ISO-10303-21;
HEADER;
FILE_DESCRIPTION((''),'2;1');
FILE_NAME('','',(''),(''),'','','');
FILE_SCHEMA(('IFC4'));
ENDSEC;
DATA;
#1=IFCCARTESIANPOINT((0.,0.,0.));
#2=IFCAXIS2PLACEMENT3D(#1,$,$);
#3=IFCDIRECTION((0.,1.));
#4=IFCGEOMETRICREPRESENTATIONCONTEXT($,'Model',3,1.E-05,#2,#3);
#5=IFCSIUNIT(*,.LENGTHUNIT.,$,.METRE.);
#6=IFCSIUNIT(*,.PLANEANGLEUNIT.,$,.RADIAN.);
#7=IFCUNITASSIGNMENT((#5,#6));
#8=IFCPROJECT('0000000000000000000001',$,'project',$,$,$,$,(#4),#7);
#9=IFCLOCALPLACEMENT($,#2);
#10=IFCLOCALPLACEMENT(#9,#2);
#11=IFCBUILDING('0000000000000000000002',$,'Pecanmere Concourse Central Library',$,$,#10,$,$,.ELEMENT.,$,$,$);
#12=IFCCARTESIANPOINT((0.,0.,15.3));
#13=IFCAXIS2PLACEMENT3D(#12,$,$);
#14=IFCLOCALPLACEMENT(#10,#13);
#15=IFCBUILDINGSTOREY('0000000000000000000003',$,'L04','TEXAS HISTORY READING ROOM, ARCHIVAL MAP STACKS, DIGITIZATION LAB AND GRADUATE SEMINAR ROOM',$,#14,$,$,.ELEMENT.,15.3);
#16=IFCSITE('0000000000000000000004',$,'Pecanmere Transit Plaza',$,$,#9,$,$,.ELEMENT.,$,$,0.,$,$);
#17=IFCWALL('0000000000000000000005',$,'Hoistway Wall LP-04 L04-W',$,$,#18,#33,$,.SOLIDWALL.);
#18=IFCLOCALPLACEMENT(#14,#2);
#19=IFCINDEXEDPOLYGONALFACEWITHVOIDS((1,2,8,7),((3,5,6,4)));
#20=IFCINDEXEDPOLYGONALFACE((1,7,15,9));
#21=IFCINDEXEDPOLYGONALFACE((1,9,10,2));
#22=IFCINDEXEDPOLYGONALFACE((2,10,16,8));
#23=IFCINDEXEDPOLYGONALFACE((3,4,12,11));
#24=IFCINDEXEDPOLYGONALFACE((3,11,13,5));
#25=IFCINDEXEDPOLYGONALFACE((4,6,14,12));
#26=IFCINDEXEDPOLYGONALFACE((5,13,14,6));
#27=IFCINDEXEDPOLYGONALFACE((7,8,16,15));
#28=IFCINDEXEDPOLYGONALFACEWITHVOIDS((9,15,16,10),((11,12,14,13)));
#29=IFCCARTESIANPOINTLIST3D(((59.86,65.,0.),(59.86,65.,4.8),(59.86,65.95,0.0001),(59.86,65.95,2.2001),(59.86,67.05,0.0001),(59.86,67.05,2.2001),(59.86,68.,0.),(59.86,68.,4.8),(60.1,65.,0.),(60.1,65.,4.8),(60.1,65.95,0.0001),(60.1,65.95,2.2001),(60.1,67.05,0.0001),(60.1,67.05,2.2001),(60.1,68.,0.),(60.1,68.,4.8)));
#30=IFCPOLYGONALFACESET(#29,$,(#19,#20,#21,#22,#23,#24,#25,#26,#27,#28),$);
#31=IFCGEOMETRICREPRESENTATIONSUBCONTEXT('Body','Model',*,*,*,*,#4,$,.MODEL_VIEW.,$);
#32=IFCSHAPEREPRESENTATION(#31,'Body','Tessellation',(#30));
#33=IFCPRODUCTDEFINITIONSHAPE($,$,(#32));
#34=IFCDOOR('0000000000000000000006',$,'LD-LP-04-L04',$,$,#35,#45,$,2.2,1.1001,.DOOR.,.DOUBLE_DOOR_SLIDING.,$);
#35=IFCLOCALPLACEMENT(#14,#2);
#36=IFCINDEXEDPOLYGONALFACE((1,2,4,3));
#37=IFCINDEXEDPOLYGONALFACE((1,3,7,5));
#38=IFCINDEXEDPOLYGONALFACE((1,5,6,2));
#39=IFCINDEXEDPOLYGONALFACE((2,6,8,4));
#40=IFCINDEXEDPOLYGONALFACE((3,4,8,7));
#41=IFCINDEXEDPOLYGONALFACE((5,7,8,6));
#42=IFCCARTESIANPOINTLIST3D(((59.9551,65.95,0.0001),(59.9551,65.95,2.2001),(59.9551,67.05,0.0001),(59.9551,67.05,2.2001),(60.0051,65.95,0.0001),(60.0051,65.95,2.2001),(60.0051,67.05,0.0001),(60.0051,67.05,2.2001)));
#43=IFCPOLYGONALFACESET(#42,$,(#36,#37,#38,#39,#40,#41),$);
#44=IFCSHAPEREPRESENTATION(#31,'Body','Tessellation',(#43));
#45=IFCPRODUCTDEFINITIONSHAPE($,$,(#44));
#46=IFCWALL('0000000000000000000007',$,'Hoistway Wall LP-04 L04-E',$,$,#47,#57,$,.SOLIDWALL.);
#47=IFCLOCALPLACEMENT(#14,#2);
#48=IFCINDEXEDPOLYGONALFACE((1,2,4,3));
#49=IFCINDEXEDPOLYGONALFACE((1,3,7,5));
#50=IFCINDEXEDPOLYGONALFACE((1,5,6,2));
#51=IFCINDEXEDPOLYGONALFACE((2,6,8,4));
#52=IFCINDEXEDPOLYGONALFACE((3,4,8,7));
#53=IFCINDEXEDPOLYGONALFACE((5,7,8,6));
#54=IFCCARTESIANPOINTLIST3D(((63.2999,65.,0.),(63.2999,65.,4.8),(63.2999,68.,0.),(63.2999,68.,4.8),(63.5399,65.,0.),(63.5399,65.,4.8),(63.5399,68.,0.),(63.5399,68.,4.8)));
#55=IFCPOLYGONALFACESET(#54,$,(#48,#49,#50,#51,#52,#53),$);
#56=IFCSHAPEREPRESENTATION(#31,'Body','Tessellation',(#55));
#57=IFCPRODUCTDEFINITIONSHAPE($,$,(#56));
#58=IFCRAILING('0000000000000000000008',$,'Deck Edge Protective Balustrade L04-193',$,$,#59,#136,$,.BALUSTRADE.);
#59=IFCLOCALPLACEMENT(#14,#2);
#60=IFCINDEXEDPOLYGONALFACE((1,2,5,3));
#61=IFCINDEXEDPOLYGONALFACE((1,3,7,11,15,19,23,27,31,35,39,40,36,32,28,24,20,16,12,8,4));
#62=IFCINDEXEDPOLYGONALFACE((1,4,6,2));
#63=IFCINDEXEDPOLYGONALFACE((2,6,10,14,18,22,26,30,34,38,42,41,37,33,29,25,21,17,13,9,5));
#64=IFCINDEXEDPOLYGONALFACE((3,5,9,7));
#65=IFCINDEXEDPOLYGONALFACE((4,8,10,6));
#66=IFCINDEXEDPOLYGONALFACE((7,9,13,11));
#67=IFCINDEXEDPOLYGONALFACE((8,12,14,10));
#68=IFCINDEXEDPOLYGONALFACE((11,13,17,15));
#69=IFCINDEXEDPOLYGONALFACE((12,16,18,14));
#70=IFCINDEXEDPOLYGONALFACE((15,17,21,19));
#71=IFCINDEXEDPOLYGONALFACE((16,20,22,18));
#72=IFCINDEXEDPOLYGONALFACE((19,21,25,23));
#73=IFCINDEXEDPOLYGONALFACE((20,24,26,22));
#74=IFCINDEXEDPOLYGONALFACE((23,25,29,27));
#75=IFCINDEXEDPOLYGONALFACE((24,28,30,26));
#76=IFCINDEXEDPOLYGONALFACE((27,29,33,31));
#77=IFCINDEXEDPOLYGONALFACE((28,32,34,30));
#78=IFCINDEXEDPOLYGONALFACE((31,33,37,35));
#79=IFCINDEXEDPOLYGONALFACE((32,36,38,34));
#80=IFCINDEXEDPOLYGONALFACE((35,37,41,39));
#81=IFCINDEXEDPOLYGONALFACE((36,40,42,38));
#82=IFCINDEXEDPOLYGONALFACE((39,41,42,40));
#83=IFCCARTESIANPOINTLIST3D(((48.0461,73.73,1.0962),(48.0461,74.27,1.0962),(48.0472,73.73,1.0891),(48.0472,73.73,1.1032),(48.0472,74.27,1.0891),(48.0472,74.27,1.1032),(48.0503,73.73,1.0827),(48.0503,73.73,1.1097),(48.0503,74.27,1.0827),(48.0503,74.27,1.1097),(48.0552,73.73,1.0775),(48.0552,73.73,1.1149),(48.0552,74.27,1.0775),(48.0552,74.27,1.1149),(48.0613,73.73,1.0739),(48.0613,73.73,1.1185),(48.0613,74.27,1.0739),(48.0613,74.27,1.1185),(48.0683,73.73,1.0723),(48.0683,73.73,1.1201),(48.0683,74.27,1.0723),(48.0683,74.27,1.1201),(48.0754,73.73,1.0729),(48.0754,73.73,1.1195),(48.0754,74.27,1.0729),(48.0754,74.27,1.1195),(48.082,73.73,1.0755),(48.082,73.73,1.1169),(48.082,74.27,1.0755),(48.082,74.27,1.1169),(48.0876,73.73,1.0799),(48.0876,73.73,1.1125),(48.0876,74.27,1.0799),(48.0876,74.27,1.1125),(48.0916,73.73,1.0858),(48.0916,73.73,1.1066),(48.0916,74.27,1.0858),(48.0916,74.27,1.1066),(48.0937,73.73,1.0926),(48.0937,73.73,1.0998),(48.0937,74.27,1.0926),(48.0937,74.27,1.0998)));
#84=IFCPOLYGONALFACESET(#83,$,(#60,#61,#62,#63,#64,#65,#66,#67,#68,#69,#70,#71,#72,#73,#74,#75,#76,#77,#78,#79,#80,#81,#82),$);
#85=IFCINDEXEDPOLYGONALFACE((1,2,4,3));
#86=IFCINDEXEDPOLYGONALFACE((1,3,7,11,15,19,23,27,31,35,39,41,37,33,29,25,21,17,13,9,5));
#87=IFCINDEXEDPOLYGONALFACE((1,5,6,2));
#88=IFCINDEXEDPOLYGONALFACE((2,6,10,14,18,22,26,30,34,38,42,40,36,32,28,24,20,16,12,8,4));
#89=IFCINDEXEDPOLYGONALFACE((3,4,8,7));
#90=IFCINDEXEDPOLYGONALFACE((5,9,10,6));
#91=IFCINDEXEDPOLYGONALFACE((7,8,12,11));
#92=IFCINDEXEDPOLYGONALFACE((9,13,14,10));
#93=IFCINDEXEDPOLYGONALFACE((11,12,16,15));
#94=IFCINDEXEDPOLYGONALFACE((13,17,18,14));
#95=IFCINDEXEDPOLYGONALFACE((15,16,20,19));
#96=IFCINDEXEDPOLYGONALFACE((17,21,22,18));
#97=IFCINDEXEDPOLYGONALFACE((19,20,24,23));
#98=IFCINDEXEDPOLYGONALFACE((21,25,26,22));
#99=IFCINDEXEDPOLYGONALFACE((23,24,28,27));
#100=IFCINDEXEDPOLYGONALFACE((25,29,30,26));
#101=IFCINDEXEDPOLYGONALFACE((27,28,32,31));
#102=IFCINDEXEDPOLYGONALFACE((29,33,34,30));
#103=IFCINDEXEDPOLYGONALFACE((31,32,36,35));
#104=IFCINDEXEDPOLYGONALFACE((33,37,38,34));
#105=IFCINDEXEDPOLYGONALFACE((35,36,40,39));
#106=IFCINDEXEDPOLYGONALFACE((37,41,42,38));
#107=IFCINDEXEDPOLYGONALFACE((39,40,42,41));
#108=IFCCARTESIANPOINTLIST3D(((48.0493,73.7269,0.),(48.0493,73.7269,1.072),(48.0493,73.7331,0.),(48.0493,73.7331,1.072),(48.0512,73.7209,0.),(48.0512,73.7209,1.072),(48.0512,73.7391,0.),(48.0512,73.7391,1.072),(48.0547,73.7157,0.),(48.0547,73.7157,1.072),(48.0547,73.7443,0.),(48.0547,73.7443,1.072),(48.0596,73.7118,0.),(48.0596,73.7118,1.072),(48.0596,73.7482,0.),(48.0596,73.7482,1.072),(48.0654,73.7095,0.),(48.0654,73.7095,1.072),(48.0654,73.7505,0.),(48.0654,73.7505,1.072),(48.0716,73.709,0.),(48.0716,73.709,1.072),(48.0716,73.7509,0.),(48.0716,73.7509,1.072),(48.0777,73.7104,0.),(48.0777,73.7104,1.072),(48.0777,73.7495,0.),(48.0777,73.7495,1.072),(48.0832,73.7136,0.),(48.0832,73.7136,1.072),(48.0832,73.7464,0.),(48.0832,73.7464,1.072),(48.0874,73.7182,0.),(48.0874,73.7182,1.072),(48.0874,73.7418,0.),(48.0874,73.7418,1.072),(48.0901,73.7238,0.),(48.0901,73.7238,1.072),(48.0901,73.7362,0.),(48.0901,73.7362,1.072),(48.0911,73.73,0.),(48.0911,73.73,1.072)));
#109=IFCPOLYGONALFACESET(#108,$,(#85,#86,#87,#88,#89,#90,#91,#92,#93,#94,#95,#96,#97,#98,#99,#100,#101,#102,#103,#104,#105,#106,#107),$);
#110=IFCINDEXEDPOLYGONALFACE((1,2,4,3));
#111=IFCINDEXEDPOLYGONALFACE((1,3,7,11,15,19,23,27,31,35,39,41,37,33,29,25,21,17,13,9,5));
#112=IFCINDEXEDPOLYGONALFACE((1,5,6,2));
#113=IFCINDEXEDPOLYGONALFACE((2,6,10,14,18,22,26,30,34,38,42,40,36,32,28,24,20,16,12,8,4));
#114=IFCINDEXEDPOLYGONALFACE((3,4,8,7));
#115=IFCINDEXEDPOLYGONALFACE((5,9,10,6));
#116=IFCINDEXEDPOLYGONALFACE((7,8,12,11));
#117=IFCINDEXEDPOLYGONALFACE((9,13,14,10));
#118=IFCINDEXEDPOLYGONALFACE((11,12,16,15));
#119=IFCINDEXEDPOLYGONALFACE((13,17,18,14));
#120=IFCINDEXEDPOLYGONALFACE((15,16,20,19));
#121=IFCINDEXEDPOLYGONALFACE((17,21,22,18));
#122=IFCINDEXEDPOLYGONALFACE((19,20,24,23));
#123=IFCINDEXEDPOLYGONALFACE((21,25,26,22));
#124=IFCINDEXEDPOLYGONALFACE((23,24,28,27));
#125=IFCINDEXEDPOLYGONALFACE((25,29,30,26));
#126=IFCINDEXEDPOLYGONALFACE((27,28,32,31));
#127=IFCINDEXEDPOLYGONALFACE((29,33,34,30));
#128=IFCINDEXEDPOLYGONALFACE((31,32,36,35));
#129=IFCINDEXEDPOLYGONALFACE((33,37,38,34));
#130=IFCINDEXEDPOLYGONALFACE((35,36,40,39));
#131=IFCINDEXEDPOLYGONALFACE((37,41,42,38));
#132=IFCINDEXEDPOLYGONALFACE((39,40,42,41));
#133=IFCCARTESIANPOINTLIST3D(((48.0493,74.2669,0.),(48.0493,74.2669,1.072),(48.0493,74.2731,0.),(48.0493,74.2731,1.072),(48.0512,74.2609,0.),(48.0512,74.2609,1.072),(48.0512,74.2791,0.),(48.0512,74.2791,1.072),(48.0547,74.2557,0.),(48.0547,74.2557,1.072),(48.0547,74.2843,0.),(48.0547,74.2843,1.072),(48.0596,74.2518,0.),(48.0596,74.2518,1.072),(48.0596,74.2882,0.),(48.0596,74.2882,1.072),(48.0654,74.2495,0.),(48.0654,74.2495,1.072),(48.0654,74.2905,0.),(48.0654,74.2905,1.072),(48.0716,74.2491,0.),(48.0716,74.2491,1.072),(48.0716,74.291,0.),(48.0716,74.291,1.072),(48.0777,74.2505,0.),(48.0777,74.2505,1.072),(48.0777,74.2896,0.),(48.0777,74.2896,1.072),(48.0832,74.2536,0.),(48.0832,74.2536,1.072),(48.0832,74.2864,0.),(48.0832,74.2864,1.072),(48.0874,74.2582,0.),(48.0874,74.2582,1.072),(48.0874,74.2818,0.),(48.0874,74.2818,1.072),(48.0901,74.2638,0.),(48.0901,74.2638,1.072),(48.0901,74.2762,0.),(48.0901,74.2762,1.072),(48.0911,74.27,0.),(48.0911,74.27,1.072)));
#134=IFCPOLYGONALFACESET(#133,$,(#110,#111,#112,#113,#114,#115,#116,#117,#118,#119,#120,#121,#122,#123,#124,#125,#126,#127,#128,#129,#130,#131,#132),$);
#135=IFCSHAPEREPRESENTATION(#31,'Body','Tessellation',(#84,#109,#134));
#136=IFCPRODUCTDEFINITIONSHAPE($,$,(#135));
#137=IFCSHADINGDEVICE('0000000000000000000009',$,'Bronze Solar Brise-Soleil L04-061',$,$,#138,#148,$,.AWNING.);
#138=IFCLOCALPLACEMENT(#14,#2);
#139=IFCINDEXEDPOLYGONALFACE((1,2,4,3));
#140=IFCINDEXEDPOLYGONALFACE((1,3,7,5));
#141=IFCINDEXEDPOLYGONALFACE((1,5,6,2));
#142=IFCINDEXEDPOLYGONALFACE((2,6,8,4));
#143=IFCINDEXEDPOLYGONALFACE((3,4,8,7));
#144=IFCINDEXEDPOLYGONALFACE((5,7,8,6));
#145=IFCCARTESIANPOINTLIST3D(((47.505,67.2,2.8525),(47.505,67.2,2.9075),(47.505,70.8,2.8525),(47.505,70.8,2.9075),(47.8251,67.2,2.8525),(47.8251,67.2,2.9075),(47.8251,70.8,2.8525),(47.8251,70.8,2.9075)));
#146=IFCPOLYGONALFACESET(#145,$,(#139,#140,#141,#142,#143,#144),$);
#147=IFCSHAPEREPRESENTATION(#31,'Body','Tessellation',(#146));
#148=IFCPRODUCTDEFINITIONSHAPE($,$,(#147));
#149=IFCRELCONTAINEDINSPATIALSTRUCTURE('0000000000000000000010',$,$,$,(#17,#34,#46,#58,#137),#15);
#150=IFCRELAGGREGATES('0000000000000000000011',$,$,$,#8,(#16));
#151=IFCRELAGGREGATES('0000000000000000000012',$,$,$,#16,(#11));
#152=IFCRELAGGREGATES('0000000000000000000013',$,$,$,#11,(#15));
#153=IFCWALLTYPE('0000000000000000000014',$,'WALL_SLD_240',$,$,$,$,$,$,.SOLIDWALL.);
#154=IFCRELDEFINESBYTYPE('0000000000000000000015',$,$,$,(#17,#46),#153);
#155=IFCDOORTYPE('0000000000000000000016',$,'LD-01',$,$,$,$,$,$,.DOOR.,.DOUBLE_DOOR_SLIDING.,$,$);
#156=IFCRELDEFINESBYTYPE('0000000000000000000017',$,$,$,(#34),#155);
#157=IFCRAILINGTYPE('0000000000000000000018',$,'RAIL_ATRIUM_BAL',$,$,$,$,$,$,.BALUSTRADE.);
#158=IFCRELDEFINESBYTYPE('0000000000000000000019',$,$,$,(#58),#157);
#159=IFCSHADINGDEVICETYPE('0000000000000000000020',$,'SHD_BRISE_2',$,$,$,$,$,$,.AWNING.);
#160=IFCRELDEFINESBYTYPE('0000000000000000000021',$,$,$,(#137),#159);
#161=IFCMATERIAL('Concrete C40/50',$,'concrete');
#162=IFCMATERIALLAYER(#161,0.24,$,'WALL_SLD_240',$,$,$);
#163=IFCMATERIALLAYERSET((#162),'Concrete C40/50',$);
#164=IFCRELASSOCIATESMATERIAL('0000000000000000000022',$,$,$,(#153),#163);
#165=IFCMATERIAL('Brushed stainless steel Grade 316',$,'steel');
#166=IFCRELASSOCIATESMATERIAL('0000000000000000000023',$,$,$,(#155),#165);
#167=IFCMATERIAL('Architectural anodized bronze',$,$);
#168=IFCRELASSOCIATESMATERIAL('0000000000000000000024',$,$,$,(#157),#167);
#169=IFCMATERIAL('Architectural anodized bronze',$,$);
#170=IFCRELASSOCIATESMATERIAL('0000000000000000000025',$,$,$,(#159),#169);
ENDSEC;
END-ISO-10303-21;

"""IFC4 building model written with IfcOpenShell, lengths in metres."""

from ifc_helpers import new_model, si_unit, direction, frame, frame_2d, origin, origin_2d, place, context, subcontext, project, spatial, rectangle, circle, extrude, material, layer, layer_set, type_object, element, fill, save


model = new_model("IFC4")

# Units and contexts
model_context = context("Model", 3, precision=1e-05, world=origin(), true_north=direction((0.0, 1.0)))
body_context = subcontext(model_context, "Body", "Model", "MODEL_VIEW")
ifc_project = project(units=[si_unit("LENGTHUNIT", "METRE"), si_unit("PLANEANGLEUNIT", "RADIAN")], contexts=[model_context])

# Site, building, storey
site_placement = place(None, origin())
site = spatial("IfcSite", under=ifc_project, at=site_placement, Name="Pecanmere Transit Plaza", CompositionType="ELEMENT", RefElevation=0.0)
building_placement = place(site_placement, origin())
building = spatial("IfcBuilding", under=site, at=building_placement, Name="Pecanmere Concourse Central Library", CompositionType="ELEMENT")
storey_placement = place(building_placement, frame((0.0, 0.0, 15.3)))
storey = spatial("IfcBuildingStorey", under=building, at=storey_placement, Name="L04", Description="TEXAS HISTORY READING ROOM, ARCHIVAL MAP STACKS, DIGITIZATION LAB AND GRADUATE SEMINAR ROOM", CompositionType="ELEMENT", Elevation=15.3)

# Shared definitions
ifc_material_1 = material(Name="Concrete C40/50", Category="concrete")
ifc_layer_1 = layer(ifc_material_1, 0.24, Name="WALL_SLD_240")
ifc_layer_set_1 = layer_set([ifc_layer_1], Name="Concrete C40/50")
wall_type_1 = type_object("IfcWallType", Name="WALL_SLD_240", PredefinedType="SOLIDWALL", material=ifc_layer_set_1)

# Wall, opening, door
wall_1_placement = place(storey_placement, frame((59.98, 65.0, 0.0), z_axis=(0.0, 0.0, 1.0), x_axis=(0.0, 1.0, 0.0)))
wall_1 = element("IfcWall", 1, at=wall_1_placement, inside=storey, type_object=wall_type_1, Name="Hoistway Wall LP-04 L04-W", PredefinedType="SOLIDWALL", context=body_context, shape_type="SweptSolid", body=[
    extrude(rectangle(XDim=3.0, YDim=0.24, at=frame_2d((1.5, 0.0))), origin(), (0.0, 0.0, 1.0), 4.8),
])
opening_1_placement = place(wall_1_placement, frame((0.95, 0.0, 0.0)))
opening_1 = element("IfcOpeningElement", 2, at=opening_1_placement, cuts=wall_1, PredefinedType="OPENING", context=body_context, shape_type="SweptSolid", body=[
    extrude(rectangle(XDim=1.1001, YDim=2.2, at=frame_2d((0.55, 1.1001))), frame((0.0, 0.1318, 0.0), z_axis=(0.0, -1.0, 0.0), x_axis=(1.0, 0.0, 0.0)), (0.0, 0.0, 1.0), 0.2639),
])
ifc_material_2 = material(Name="Brushed stainless steel Grade 316", Category="steel")
door_type = type_object("IfcDoorType", Name="LD-01", OperationType="DOUBLE_DOOR_SLIDING", PredefinedType="DOOR", material=ifc_material_2)
door_placement = place(opening_1_placement, origin())
door = element("IfcDoor", 3, at=door_placement, inside=storey, type_object=door_type, Name="LD-LP-04-L04", OperationType="DOUBLE_DOOR_SLIDING", OverallHeight=2.2, OverallWidth=1.1001, PredefinedType="DOOR", context=body_context, shape_type="SweptSolid", body=[
    extrude(rectangle(XDim=1.1001, YDim=2.2, at=frame_2d((0.55, 1.1001))), frame((0.0, 0.0249, 0.0), z_axis=(0.0, -1.0, 0.0), x_axis=(1.0, 0.0, 0.0)), (0.0, 0.0, 1.0), 0.05),
])
fill(opening_1, door)

# Wall
wall_2_placement = place(storey_placement, frame((63.4199, 65.0, 0.0), z_axis=(0.0, 0.0, 1.0), x_axis=(0.0, 1.0, 0.0)))
element("IfcWall", 4, at=wall_2_placement, inside=storey, type_object=wall_type_1, Name="Hoistway Wall LP-04 L04-E", PredefinedType="SOLIDWALL", context=body_context, shape_type="SweptSolid", body=[
    extrude(rectangle(XDim=3.0, YDim=0.24, at=frame_2d((1.5, 0.0))), origin(), (0.0, 0.0, 1.0), 4.8),
])

# Railing
ifc_material_3 = material(Name="Architectural anodized bronze")
railing_type = type_object("IfcRailingType", Name="RAIL_ATRIUM_BAL", PredefinedType="BALUSTRADE", material=ifc_material_3)
railing_placement = place(storey_placement, frame((48.0701, 73.73, 0.0)))
element("IfcRailing", 5, at=railing_placement, inside=storey, type_object=railing_type, Name="Deck Edge Protective Balustrade L04-193", PredefinedType="BALUSTRADE", context=body_context, shape_type="SweptSolid", body=[
    extrude(circle(Radius=0.0239, at=origin_2d()), frame((0.0, 0.0, 1.0962), z_axis=(0.0, 1.0, 0.0), x_axis=(-1.0, 0.0, 0.0)), (0.0, 0.0, 1.0), 0.54),
    extrude(circle(Radius=0.021, at=origin_2d()), origin(), (0.0, 0.0, 1.0), 1.072),
    extrude(circle(Radius=0.021, at=origin_2d()), frame((0.0, 0.54, 0.0)), (0.0, 0.0, 1.0), 1.072),
])

# Shading device
ifc_material_4 = material(Name="Architectural anodized bronze")
shading_device_type = type_object("IfcShadingDeviceType", Name="SHD_BRISE_2", PredefinedType="AWNING", material=ifc_material_4)
shading_device_placement = place(storey_placement, frame((47.665, 69.0, 2.8525), z_axis=(0.0, 0.0, 1.0), x_axis=(0.0, -1.0, 0.0)))
element("IfcShadingDevice", 6, at=shading_device_placement, inside=storey, type_object=shading_device_type, Name="Bronze Solar Brise-Soleil L04-061", PredefinedType="AWNING", context=body_context, shape_type="SweptSolid", body=[
    extrude(rectangle(XDim=3.6001, YDim=0.3201, at=origin_2d()), origin(), (0.0, 0.0, 1.0), 0.0549),
])

save(model, "model.ifc")
